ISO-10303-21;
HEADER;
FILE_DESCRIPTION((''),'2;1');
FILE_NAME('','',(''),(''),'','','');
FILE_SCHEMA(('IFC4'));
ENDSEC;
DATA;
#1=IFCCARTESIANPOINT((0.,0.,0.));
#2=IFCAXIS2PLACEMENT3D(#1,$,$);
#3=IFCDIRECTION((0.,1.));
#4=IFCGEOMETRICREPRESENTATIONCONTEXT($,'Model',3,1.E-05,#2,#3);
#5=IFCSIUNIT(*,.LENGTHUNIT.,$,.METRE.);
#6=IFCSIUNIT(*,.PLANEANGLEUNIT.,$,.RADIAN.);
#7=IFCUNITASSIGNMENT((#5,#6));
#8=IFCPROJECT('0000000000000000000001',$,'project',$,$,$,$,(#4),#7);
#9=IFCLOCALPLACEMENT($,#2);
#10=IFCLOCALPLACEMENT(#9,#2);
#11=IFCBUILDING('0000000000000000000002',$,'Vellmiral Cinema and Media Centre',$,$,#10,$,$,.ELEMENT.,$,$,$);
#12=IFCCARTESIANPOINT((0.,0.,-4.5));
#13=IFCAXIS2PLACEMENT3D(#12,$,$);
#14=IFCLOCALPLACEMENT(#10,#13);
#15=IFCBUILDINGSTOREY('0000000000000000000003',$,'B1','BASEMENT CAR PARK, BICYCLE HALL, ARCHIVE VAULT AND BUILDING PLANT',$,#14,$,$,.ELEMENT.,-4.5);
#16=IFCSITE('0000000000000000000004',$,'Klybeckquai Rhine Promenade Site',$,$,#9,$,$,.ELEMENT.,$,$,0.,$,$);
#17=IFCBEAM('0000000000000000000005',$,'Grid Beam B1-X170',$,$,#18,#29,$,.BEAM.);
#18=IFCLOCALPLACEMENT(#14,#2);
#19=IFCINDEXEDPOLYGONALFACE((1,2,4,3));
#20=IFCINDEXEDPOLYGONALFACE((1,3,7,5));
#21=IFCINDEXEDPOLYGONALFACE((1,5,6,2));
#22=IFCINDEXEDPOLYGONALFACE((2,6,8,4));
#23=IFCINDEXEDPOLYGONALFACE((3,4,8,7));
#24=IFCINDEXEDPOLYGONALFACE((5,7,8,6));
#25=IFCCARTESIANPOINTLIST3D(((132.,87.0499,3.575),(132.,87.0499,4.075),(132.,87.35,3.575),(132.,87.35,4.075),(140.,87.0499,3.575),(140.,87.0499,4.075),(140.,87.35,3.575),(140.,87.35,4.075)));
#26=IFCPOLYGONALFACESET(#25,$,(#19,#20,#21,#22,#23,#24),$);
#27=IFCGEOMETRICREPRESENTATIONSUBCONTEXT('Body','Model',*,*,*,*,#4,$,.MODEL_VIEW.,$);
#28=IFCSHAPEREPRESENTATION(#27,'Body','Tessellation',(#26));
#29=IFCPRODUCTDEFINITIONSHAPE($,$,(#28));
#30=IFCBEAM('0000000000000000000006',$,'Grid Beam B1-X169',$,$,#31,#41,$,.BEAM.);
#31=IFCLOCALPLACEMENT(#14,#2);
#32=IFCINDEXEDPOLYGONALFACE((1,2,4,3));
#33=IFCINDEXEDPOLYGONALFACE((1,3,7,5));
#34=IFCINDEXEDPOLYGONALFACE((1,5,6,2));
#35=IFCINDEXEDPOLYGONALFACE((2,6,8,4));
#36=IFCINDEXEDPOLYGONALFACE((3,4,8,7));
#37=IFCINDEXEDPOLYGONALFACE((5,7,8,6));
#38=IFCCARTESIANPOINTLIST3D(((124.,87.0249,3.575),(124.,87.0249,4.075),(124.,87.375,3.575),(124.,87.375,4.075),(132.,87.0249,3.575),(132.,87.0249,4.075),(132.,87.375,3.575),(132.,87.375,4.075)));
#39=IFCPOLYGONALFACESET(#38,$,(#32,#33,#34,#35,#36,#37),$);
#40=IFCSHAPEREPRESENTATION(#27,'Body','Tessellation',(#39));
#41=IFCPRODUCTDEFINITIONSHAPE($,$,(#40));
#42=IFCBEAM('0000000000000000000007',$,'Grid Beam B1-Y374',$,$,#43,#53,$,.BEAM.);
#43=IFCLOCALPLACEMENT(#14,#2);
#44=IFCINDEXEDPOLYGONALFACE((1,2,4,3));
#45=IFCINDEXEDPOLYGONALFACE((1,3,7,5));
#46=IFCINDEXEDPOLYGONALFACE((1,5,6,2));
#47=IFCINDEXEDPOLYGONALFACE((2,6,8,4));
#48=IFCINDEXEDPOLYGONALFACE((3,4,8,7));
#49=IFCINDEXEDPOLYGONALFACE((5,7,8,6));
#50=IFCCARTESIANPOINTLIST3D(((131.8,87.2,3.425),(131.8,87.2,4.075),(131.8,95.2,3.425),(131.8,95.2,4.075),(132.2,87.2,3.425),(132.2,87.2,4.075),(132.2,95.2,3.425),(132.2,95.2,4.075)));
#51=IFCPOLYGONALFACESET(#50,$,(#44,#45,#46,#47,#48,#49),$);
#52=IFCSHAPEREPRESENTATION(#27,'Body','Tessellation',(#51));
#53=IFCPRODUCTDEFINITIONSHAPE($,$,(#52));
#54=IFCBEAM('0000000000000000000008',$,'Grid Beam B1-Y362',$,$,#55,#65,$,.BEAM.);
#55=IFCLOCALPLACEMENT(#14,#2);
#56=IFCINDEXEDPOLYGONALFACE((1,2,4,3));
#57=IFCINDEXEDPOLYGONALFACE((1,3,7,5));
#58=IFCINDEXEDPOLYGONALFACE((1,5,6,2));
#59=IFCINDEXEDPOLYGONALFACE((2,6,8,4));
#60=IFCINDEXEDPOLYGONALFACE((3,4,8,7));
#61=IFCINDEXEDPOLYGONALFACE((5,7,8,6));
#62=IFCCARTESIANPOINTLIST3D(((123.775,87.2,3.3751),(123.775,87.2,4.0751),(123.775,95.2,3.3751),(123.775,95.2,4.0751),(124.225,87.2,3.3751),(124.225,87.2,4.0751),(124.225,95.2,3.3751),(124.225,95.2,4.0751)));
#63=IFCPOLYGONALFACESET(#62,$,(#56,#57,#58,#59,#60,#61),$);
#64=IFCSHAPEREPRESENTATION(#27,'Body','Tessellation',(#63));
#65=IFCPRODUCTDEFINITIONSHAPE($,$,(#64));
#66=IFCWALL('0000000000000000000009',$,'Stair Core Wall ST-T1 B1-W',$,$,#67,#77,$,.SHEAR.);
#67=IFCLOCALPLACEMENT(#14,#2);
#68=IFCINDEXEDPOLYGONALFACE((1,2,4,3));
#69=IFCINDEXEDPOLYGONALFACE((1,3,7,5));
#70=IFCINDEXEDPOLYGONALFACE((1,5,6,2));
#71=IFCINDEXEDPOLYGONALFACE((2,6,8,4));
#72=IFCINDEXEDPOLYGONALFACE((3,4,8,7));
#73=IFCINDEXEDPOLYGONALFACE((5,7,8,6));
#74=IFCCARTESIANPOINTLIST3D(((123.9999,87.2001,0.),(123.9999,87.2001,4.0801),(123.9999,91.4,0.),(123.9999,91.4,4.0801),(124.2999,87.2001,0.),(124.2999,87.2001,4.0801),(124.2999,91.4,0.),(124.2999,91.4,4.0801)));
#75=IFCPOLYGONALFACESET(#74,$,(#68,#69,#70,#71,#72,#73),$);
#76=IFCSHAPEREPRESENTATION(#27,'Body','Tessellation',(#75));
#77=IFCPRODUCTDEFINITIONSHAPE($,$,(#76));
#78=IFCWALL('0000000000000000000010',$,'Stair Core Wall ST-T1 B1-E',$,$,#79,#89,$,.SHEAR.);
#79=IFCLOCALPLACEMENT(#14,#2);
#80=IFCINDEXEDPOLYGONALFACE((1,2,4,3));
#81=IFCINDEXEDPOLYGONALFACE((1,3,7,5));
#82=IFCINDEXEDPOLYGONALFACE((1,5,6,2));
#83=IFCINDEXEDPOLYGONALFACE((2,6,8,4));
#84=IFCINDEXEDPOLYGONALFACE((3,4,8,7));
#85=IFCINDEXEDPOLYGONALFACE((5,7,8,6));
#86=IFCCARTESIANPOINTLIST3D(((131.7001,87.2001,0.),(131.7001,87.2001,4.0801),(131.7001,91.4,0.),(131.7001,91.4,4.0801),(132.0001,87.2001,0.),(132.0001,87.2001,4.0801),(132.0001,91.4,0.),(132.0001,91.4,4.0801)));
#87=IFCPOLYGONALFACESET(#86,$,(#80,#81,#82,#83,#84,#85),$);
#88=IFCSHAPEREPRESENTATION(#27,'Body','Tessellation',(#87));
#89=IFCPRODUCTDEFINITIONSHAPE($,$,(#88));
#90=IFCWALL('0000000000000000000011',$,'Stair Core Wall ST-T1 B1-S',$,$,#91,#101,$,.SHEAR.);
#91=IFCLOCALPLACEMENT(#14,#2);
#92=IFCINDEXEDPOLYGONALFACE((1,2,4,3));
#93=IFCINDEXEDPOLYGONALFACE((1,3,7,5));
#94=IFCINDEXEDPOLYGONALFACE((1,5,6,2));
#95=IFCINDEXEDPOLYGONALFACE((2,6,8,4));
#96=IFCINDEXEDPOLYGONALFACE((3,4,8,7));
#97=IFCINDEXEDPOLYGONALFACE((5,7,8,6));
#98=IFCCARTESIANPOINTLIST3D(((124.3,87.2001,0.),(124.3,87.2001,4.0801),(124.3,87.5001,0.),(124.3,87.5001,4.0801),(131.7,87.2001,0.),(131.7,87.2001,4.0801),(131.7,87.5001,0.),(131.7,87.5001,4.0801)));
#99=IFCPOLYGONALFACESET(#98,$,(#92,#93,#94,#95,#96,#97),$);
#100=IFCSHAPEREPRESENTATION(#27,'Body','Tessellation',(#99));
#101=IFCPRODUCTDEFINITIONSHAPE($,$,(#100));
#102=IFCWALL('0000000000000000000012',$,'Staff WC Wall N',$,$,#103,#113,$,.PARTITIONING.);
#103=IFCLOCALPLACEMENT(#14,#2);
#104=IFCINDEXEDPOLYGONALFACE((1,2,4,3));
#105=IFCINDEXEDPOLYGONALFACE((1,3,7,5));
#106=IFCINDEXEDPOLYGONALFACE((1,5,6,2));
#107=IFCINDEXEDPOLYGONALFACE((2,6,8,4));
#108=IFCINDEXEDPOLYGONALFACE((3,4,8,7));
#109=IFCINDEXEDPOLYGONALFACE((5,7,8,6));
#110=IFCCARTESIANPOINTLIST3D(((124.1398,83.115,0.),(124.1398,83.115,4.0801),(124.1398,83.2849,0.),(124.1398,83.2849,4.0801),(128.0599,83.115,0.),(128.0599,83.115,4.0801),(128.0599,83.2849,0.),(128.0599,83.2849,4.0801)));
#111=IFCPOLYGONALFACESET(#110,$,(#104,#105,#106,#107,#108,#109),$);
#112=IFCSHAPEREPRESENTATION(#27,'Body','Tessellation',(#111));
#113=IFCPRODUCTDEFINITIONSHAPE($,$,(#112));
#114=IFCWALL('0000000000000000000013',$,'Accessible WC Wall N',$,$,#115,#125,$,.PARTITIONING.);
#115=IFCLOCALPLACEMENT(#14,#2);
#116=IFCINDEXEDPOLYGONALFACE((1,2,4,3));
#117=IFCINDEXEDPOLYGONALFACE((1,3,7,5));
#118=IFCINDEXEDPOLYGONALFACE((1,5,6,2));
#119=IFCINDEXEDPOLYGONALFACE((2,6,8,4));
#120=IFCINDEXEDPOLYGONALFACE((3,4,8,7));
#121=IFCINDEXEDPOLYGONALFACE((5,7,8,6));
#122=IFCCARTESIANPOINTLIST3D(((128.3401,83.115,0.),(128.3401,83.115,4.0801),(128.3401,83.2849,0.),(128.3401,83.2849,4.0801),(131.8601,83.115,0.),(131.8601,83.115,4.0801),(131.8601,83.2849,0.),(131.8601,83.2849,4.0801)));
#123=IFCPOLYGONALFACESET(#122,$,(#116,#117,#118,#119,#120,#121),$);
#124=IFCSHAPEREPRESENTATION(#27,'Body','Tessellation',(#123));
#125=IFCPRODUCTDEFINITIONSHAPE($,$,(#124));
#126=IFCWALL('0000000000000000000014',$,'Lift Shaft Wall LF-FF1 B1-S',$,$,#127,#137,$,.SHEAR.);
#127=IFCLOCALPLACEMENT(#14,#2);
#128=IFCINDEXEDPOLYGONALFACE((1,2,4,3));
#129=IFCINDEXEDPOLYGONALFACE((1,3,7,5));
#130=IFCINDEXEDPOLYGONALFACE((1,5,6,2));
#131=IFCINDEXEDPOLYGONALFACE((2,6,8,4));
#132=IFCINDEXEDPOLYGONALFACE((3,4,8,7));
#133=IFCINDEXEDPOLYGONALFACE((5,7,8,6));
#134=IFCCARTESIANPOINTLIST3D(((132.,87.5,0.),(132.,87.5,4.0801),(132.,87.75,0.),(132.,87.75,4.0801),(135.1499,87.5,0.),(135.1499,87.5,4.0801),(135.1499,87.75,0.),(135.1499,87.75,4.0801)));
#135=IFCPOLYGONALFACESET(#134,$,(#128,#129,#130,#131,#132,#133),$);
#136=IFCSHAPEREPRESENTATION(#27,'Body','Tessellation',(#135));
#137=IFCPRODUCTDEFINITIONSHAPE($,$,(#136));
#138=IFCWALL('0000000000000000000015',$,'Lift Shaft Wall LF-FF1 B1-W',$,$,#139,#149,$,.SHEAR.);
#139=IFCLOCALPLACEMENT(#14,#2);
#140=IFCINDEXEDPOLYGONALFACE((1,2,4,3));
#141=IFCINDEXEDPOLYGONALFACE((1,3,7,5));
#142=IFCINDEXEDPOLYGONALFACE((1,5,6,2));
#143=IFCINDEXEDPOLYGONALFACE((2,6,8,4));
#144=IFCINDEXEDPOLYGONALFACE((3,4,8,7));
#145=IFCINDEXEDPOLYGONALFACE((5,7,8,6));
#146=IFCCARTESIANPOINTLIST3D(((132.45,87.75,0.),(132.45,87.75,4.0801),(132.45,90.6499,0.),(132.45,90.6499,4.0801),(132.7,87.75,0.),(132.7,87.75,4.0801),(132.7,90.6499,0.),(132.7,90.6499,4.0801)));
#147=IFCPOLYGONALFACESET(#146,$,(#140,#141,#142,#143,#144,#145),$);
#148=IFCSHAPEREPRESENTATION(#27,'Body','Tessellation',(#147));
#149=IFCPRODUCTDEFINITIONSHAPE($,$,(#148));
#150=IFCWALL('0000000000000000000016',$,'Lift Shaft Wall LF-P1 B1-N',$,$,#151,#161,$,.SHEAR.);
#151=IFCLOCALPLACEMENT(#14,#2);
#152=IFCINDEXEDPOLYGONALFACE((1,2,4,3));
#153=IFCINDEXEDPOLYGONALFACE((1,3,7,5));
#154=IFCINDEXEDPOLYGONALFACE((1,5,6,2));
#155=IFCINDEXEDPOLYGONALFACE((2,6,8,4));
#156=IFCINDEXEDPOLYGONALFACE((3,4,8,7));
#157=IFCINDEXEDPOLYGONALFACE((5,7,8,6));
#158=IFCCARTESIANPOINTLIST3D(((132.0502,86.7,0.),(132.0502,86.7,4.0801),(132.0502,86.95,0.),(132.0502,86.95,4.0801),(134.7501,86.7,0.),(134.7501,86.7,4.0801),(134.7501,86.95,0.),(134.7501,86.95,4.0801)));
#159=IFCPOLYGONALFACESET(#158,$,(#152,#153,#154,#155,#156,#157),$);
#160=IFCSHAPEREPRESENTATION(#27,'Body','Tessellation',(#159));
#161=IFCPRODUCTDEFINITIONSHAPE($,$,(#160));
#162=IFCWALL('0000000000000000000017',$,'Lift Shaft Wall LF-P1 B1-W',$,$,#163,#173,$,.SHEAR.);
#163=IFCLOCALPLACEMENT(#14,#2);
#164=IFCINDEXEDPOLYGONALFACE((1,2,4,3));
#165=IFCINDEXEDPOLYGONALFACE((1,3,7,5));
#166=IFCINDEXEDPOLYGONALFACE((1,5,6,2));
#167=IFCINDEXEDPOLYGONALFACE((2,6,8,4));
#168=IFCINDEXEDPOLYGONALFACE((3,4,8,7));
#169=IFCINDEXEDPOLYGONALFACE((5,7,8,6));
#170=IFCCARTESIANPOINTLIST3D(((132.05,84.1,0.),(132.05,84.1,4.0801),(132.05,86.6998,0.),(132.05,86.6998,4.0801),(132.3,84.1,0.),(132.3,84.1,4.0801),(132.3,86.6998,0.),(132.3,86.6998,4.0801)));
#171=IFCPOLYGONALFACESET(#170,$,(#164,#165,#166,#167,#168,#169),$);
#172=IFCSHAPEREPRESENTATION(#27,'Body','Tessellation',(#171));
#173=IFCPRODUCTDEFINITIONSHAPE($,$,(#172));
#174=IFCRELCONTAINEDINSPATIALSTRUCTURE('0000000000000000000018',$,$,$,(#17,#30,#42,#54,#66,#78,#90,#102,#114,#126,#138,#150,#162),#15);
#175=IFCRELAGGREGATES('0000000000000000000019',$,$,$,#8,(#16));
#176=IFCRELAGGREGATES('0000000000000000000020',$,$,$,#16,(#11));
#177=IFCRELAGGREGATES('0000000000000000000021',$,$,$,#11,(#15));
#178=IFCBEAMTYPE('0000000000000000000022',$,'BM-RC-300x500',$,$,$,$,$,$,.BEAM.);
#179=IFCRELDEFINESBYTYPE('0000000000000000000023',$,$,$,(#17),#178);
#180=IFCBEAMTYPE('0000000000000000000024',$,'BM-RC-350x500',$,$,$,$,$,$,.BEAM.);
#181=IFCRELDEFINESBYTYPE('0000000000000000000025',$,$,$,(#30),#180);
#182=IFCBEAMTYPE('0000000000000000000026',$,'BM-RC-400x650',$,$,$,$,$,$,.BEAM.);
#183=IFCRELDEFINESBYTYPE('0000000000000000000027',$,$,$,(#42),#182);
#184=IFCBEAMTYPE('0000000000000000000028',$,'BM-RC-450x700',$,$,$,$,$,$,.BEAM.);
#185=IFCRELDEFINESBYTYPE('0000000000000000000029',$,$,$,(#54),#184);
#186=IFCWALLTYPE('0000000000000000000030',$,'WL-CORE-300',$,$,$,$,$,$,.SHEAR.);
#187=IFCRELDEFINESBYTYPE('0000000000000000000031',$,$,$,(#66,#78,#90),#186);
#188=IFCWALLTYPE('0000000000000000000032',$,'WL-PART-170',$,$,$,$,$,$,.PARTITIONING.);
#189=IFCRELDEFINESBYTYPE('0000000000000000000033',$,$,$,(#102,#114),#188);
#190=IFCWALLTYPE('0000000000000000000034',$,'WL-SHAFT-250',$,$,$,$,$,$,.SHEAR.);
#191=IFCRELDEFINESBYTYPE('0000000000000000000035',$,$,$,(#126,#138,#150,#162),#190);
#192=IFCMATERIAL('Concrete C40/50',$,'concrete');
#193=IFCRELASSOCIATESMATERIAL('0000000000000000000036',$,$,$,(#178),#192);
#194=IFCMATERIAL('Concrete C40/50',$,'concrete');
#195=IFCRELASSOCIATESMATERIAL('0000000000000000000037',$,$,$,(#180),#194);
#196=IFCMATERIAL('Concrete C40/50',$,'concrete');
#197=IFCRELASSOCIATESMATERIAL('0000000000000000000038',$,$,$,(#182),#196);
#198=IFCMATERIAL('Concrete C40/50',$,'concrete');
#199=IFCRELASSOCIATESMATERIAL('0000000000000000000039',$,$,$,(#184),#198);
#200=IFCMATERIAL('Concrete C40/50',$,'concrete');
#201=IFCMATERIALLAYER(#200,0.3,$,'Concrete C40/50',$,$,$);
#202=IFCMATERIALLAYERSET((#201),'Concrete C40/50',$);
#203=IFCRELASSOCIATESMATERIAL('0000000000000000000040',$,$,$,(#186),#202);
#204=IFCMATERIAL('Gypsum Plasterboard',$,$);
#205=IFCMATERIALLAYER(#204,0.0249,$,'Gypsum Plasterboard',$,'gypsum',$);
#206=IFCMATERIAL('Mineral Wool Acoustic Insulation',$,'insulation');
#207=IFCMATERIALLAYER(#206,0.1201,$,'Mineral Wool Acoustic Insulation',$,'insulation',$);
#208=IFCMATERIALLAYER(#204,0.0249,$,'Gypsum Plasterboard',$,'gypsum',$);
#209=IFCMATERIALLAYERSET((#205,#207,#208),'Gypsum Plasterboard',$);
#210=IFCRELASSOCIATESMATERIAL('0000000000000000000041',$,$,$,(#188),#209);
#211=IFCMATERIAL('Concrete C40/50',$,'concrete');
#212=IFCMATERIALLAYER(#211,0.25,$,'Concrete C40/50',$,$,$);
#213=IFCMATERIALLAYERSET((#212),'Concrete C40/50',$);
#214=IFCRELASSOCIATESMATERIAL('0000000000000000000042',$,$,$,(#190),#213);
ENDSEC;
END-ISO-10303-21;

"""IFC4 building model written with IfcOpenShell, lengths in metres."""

from ifc_helpers import new_model, si_unit, direction, frame, frame_2d, origin, origin_2d, place, context, subcontext, project, spatial, rectangle, extrude, material, layer, layer_set, material_profile, profile_set, type_object, element, save


model = new_model("IFC4")

# Units and contexts
model_context = context("Model", 3, precision=1e-05, world=origin(), true_north=direction((0.0, 1.0)))
body_context = subcontext(model_context, "Body", "Model", "MODEL_VIEW")
ifc_project = project(units=[si_unit("LENGTHUNIT", "METRE"), si_unit("PLANEANGLEUNIT", "RADIAN")], contexts=[model_context])

# Site, building, storey
site_placement = place(None, origin())
site = spatial("IfcSite", under=ifc_project, at=site_placement, Name="Klybeckquai Rhine Promenade Site", CompositionType="ELEMENT", RefElevation=0.0)
building_placement = place(site_placement, origin())
building = spatial("IfcBuilding", under=site, at=building_placement, Name="Vellmiral Cinema and Media Centre", CompositionType="ELEMENT")
storey_placement = place(building_placement, frame((0.0, 0.0, -4.5)))
storey = spatial("IfcBuildingStorey", under=building, at=storey_placement, Name="B1", Description="BASEMENT CAR PARK, BICYCLE HALL, ARCHIVE VAULT AND BUILDING PLANT", CompositionType="ELEMENT", Elevation=-4.5)

# Beams
ifc_material_1 = material(Name="Concrete C40/50", Category="concrete")
ifc_material_profile_1 = material_profile(ifc_material_1, rectangle(XDim=0.3, YDim=0.5, at=origin_2d()), Name="RC 300x500")
ifc_profile_set_1 = profile_set([ifc_material_profile_1], Name="Concrete C40/50")
beam_type_1 = type_object("IfcBeamType", Name="BM-RC-300x500", PredefinedType="BEAM", material=ifc_profile_set_1)
beam_1_placement = place(storey_placement, frame((132.0, 87.2, 3.825), z_axis=(1.0, 0.0, 0.0), x_axis=(0.0, 1.0, 0.0)))
element("IfcBeam", 1, at=beam_1_placement, inside=storey, type_object=beam_type_1, Name="Grid Beam B1-X170", PredefinedType="BEAM", context=body_context, shape_type="SweptSolid", body=[
    extrude(rectangle(XDim=0.3, YDim=0.5, at=origin_2d()), origin(), (0.0, 0.0, 1.0), 8.0),
])
ifc_material_2 = material(Name="Concrete C40/50", Category="concrete")
ifc_material_profile_2 = material_profile(ifc_material_2, rectangle(XDim=0.3501, YDim=0.5, at=origin_2d()), Name="RC 350x500")
ifc_profile_set_2 = profile_set([ifc_material_profile_2], Name="Concrete C40/50")
beam_type_2 = type_object("IfcBeamType", Name="BM-RC-350x500", PredefinedType="BEAM", material=ifc_profile_set_2)
beam_2_placement = place(storey_placement, frame((124.0, 87.2, 3.825), z_axis=(1.0, 0.0, 0.0), x_axis=(0.0, 1.0, 0.0)))
element("IfcBeam", 2, at=beam_2_placement, inside=storey, type_object=beam_type_2, Name="Grid Beam B1-X169", PredefinedType="BEAM", context=body_context, shape_type="SweptSolid", body=[
    extrude(rectangle(XDim=0.3501, YDim=0.5, at=origin_2d()), origin(), (0.0, 0.0, 1.0), 8.0),
])
ifc_material_3 = material(Name="Concrete C40/50", Category="concrete")
ifc_material_profile_3 = material_profile(ifc_material_3, rectangle(XDim=0.3999, YDim=0.6499, at=origin_2d()), Name="RC 400x650")
ifc_profile_set_3 = profile_set([ifc_material_profile_3], Name="Concrete C40/50")
beam_type_3 = type_object("IfcBeamType", Name="BM-RC-400x650", PredefinedType="BEAM", material=ifc_profile_set_3)
beam_3_placement = place(storey_placement, frame((132.0, 87.2, 3.75), z_axis=(0.0, 1.0, 0.0), x_axis=(-1.0, 0.0, 0.0)))
element("IfcBeam", 3, at=beam_3_placement, inside=storey, type_object=beam_type_3, Name="Grid Beam B1-Y374", PredefinedType="BEAM", context=body_context, shape_type="SweptSolid", body=[
    extrude(rectangle(XDim=0.3999, YDim=0.6499, at=origin_2d()), origin(), (0.0, 0.0, 1.0), 8.0),
])
ifc_material_4 = material(Name="Concrete C40/50", Category="concrete")
ifc_material_profile_4 = material_profile(ifc_material_4, rectangle(XDim=0.45, YDim=0.7, at=origin_2d()), Name="RC 450x700")
ifc_profile_set_4 = profile_set([ifc_material_profile_4], Name="Concrete C40/50")
beam_type_4 = type_object("IfcBeamType", Name="BM-RC-450x700", PredefinedType="BEAM", material=ifc_profile_set_4)
beam_4_placement = place(storey_placement, frame((124.0, 87.2, 3.7251), z_axis=(0.0, 1.0, 0.0), x_axis=(-1.0, 0.0, 0.0)))
element("IfcBeam", 4, at=beam_4_placement, inside=storey, type_object=beam_type_4, Name="Grid Beam B1-Y362", PredefinedType="BEAM", context=body_context, shape_type="SweptSolid", body=[
    extrude(rectangle(XDim=0.45, YDim=0.7, at=origin_2d()), origin(), (0.0, 0.0, 1.0), 8.0),
])

# Walls
ifc_material_5 = material(Name="Concrete C40/50", Category="concrete")
ifc_layer_1 = layer(ifc_material_5, 0.3, Name="Concrete C40/50")
ifc_layer_set_1 = layer_set([ifc_layer_1], Name="Concrete C40/50")
wall_type_1 = type_object("IfcWallType", Name="WL-CORE-300", PredefinedType="SHEAR", material=ifc_layer_set_1)
for number, where, z_axis, x_axis, name in (
    (5, (124.1499, 87.2, 0.0), (0.0, 0.0, 1.0), (0.0, 1.0, 0.0), "Stair Core Wall ST-T1 B1-W"),
    (6, (131.8501, 87.2, 0.0), (0.0, 0.0, 1.0), (0.0, 1.0, 0.0), "Stair Core Wall ST-T1 B1-E"),
):
    element("IfcWall", number, at=place(storey_placement, frame(where, z_axis=z_axis, x_axis=x_axis)), inside=storey, type_object=wall_type_1, Name=name, PredefinedType="SHEAR", context=body_context, shape_type="SweptSolid", body=[
        extrude(rectangle(XDim=4.2, YDim=0.3, at=frame_2d((2.1001, 0.0))), origin(), (0.0, 0.0, 1.0), 4.0801),
    ])
wall_1_placement = place(storey_placement, frame((124.3, 87.3501, 0.0), z_axis=(0.0, 0.0, 1.0), x_axis=(1.0, 0.0, 0.0)))
element("IfcWall", 7, at=wall_1_placement, inside=storey, type_object=wall_type_1, Name="Stair Core Wall ST-T1 B1-S", PredefinedType="SHEAR", context=body_context, shape_type="SweptSolid", body=[
    extrude(rectangle(XDim=7.3999, YDim=0.3, at=frame_2d((3.7, 0.0))), origin(), (0.0, 0.0, 1.0), 4.0801),
])
ifc_material_6 = material(Name="Gypsum Plasterboard")
ifc_layer_2 = layer(ifc_material_6, 0.0249, Name="Gypsum Plasterboard", Category="gypsum")
ifc_material_7 = material(Name="Mineral Wool Acoustic Insulation", Category="insulation")
ifc_layer_3 = layer(ifc_material_7, 0.1201, Name="Mineral Wool Acoustic Insulation", Category="insulation")
ifc_layer_4 = layer(ifc_material_6, 0.0249, Name="Gypsum Plasterboard", Category="gypsum")
ifc_layer_set_2 = layer_set([ifc_layer_2, ifc_layer_3, ifc_layer_4], Name="Gypsum Plasterboard")
wall_type_2 = type_object("IfcWallType", Name="WL-PART-170", PredefinedType="PARTITIONING", material=ifc_layer_set_2)
wall_2_placement = place(storey_placement, frame((124.1399, 83.2, 0.0), z_axis=(0.0, 0.0, 1.0), x_axis=(1.0, 0.0, 0.0)))
element("IfcWall", 8, at=wall_2_placement, inside=storey, type_object=wall_type_2, Name="Staff WC Wall N", PredefinedType="PARTITIONING", context=body_context, shape_type="SweptSolid", body=[
    extrude(rectangle(XDim=3.9202, YDim=0.1699, at=frame_2d((1.96, 0.0))), origin(), (0.0, 0.0, 1.0), 4.0801),
])
wall_3_placement = place(storey_placement, frame((128.3401, 83.2, 0.0), z_axis=(0.0, 0.0, 1.0), x_axis=(1.0, 0.0, 0.0)))
element("IfcWall", 9, at=wall_3_placement, inside=storey, type_object=wall_type_2, Name="Accessible WC Wall N", PredefinedType="PARTITIONING", context=body_context, shape_type="SweptSolid", body=[
    extrude(rectangle(XDim=3.52, YDim=0.1699, at=frame_2d((1.76, 0.0))), origin(), (0.0, 0.0, 1.0), 4.0801),
])
ifc_material_8 = material(Name="Concrete C40/50", Category="concrete")
ifc_layer_5 = layer(ifc_material_8, 0.25, Name="Concrete C40/50")
ifc_layer_set_3 = layer_set([ifc_layer_5], Name="Concrete C40/50")
wall_type_3 = type_object("IfcWallType", Name="WL-SHAFT-250", PredefinedType="SHEAR", material=ifc_layer_set_3)
wall_4_placement = place(storey_placement, frame((132.0, 87.625, 0.0), z_axis=(0.0, 0.0, 1.0), x_axis=(1.0, 0.0, 0.0)))
element("IfcWall", 10, at=wall_4_placement, inside=storey, type_object=wall_type_3, Name="Lift Shaft Wall LF-FF1 B1-S", PredefinedType="SHEAR", context=body_context, shape_type="SweptSolid", body=[
    extrude(rectangle(XDim=3.1499, YDim=0.25, at=frame_2d((1.575, 0.0))), origin(), (0.0, 0.0, 1.0), 4.0801),
])
wall_5_placement = place(storey_placement, frame((132.575, 87.75, 0.0), z_axis=(0.0, 0.0, 1.0), x_axis=(0.0, 1.0, 0.0)))
element("IfcWall", 11, at=wall_5_placement, inside=storey, type_object=wall_type_3, Name="Lift Shaft Wall LF-FF1 B1-W", PredefinedType="SHEAR", context=body_context, shape_type="SweptSolid", body=[
    extrude(rectangle(XDim=2.8999, YDim=0.25, at=frame_2d((1.45, 0.0))), origin(), (0.0, 0.0, 1.0), 4.0801),
])

# Walls
wall_6_placement = place(storey_placement, frame((132.05, 86.825, 0.0), z_axis=(0.0, 0.0, 1.0), x_axis=(1.0, 0.0, 0.0)))
element("IfcWall", 12, at=wall_6_placement, inside=storey, type_object=wall_type_3, Name="Lift Shaft Wall LF-P1 B1-N", PredefinedType="SHEAR", context=body_context, shape_type="SweptSolid", body=[
    extrude(rectangle(XDim=2.7, YDim=0.25, at=frame_2d((1.3501, 0.0))), origin(), (0.0, 0.0, 1.0), 4.0801),
])
wall_7_placement = place(storey_placement, frame((132.175, 84.1001, 0.0), z_axis=(0.0, 0.0, 1.0), x_axis=(0.0, 1.0, 0.0)))
element("IfcWall", 13, at=wall_7_placement, inside=storey, type_object=wall_type_3, Name="Lift Shaft Wall LF-P1 B1-W", PredefinedType="SHEAR", context=body_context, shape_type="SweptSolid", body=[
    extrude(rectangle(XDim=2.5999, YDim=0.25, at=frame_2d((1.2998, 0.0))), origin(), (0.0, 0.0, 1.0), 4.0801),
])

save(model, "model.ifc")
